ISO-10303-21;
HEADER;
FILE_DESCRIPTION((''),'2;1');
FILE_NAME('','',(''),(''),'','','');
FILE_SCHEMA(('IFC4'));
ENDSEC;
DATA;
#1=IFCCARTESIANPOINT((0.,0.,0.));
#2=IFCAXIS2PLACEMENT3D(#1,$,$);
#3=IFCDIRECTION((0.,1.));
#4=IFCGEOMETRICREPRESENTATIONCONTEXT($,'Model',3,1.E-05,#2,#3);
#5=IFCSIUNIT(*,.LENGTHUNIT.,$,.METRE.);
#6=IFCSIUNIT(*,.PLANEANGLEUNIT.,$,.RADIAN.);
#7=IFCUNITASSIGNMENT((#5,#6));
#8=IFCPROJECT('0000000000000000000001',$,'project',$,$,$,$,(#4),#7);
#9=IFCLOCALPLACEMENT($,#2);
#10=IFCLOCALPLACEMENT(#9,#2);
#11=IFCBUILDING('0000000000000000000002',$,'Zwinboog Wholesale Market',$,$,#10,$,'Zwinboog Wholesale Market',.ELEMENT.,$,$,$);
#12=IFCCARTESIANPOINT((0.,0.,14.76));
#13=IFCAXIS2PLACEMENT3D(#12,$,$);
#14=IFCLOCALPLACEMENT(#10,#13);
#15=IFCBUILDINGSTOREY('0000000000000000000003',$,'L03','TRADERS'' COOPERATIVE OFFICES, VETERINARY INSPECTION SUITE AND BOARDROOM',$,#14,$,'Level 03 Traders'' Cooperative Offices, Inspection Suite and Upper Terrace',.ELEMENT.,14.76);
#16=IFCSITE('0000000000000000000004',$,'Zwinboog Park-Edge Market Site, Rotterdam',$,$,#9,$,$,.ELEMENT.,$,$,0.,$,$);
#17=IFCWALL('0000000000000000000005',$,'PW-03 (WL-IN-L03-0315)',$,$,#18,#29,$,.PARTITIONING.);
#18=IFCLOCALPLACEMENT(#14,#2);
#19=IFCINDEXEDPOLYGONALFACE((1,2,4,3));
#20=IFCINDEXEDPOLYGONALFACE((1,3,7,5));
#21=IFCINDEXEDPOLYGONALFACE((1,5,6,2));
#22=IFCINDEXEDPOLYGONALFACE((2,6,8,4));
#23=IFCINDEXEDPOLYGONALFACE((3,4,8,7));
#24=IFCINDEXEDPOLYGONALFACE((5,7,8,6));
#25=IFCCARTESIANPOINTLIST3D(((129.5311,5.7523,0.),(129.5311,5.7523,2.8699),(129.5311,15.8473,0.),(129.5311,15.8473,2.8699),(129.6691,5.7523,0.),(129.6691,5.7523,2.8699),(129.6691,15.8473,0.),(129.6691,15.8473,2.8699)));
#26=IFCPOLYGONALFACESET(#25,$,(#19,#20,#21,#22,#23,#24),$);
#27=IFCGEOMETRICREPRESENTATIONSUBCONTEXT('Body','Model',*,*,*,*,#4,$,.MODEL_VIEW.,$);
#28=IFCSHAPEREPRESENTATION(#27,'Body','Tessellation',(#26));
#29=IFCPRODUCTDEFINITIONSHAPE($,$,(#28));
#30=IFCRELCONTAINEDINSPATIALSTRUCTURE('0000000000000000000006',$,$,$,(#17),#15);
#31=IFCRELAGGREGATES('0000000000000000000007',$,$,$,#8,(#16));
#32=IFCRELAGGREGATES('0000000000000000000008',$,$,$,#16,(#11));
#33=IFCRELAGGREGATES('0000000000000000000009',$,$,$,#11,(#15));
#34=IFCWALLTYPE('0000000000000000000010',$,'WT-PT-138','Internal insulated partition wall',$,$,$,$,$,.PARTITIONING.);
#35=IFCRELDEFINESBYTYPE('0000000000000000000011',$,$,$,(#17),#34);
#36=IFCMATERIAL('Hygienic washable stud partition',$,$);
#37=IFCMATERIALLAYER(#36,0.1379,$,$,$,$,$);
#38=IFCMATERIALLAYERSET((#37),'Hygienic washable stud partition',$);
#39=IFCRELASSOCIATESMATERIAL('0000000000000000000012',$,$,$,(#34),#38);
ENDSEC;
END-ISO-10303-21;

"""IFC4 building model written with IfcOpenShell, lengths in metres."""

from ifc_helpers import new_model, si_unit, direction, frame, frame_2d, origin, place, context, subcontext, project, spatial, rectangle, extrude, material, layer, layer_set, type_object, element, save


model = new_model("IFC4")

# Units and contexts
model_context = context("Model", 3, precision=1e-05, world=origin(), true_north=direction((0.0, 1.0)))
body_context = subcontext(model_context, "Body", "Model", "MODEL_VIEW")
ifc_project = project(units=[si_unit("LENGTHUNIT", "METRE"), si_unit("PLANEANGLEUNIT", "RADIAN")], contexts=[model_context])

# Site, building, storey
site_placement = place(None, origin())
site = spatial("IfcSite", under=ifc_project, at=site_placement, Name="Zwinboog Park-Edge Market Site, Rotterdam", CompositionType="ELEMENT", RefElevation=0.0)
building_placement = place(site_placement, origin())
building = spatial("IfcBuilding", under=site, at=building_placement, Name="Zwinboog Wholesale Market", LongName="Zwinboog Wholesale Market", CompositionType="ELEMENT")
storey_placement = place(building_placement, frame((0.0, 0.0, 14.76)))
storey = spatial("IfcBuildingStorey", under=building, at=storey_placement, Name="L03", Description="TRADERS' COOPERATIVE OFFICES, VETERINARY INSPECTION SUITE AND BOARDROOM", LongName="Level 03 Traders' Cooperative Offices, Inspection Suite and Upper Terrace", CompositionType="ELEMENT", Elevation=14.76)

# Wall
ifc_material_1 = material(Name="Hygienic washable stud partition")
ifc_layer_1 = layer(ifc_material_1, 0.1379)
ifc_layer_set_1 = layer_set([ifc_layer_1], Name="Hygienic washable stud partition")
wall_type_1 = type_object("IfcWallType", Name="WT-PT-138", Description="Internal insulated partition wall", PredefinedType="PARTITIONING", material=ifc_layer_set_1)
wall_1_placement = place(storey_placement, frame((129.6001, 5.7524, 0.0), z_axis=(0.0, 0.0, 1.0), x_axis=(0.0, 1.0, 0.0)))
element("IfcWall", 1, at=wall_1_placement, inside=storey, type_object=wall_type_1, Name="PW-03 (WL-IN-L03-0315)", PredefinedType="PARTITIONING", context=body_context, shape_type="SweptSolid", body=[
    extrude(rectangle(XDim=10.095, YDim=0.1379, at=frame_2d((5.0474, 0.0))), origin(), (0.0, 0.0, 1.0), 2.8699),
])

save(model, "model.ifc")
